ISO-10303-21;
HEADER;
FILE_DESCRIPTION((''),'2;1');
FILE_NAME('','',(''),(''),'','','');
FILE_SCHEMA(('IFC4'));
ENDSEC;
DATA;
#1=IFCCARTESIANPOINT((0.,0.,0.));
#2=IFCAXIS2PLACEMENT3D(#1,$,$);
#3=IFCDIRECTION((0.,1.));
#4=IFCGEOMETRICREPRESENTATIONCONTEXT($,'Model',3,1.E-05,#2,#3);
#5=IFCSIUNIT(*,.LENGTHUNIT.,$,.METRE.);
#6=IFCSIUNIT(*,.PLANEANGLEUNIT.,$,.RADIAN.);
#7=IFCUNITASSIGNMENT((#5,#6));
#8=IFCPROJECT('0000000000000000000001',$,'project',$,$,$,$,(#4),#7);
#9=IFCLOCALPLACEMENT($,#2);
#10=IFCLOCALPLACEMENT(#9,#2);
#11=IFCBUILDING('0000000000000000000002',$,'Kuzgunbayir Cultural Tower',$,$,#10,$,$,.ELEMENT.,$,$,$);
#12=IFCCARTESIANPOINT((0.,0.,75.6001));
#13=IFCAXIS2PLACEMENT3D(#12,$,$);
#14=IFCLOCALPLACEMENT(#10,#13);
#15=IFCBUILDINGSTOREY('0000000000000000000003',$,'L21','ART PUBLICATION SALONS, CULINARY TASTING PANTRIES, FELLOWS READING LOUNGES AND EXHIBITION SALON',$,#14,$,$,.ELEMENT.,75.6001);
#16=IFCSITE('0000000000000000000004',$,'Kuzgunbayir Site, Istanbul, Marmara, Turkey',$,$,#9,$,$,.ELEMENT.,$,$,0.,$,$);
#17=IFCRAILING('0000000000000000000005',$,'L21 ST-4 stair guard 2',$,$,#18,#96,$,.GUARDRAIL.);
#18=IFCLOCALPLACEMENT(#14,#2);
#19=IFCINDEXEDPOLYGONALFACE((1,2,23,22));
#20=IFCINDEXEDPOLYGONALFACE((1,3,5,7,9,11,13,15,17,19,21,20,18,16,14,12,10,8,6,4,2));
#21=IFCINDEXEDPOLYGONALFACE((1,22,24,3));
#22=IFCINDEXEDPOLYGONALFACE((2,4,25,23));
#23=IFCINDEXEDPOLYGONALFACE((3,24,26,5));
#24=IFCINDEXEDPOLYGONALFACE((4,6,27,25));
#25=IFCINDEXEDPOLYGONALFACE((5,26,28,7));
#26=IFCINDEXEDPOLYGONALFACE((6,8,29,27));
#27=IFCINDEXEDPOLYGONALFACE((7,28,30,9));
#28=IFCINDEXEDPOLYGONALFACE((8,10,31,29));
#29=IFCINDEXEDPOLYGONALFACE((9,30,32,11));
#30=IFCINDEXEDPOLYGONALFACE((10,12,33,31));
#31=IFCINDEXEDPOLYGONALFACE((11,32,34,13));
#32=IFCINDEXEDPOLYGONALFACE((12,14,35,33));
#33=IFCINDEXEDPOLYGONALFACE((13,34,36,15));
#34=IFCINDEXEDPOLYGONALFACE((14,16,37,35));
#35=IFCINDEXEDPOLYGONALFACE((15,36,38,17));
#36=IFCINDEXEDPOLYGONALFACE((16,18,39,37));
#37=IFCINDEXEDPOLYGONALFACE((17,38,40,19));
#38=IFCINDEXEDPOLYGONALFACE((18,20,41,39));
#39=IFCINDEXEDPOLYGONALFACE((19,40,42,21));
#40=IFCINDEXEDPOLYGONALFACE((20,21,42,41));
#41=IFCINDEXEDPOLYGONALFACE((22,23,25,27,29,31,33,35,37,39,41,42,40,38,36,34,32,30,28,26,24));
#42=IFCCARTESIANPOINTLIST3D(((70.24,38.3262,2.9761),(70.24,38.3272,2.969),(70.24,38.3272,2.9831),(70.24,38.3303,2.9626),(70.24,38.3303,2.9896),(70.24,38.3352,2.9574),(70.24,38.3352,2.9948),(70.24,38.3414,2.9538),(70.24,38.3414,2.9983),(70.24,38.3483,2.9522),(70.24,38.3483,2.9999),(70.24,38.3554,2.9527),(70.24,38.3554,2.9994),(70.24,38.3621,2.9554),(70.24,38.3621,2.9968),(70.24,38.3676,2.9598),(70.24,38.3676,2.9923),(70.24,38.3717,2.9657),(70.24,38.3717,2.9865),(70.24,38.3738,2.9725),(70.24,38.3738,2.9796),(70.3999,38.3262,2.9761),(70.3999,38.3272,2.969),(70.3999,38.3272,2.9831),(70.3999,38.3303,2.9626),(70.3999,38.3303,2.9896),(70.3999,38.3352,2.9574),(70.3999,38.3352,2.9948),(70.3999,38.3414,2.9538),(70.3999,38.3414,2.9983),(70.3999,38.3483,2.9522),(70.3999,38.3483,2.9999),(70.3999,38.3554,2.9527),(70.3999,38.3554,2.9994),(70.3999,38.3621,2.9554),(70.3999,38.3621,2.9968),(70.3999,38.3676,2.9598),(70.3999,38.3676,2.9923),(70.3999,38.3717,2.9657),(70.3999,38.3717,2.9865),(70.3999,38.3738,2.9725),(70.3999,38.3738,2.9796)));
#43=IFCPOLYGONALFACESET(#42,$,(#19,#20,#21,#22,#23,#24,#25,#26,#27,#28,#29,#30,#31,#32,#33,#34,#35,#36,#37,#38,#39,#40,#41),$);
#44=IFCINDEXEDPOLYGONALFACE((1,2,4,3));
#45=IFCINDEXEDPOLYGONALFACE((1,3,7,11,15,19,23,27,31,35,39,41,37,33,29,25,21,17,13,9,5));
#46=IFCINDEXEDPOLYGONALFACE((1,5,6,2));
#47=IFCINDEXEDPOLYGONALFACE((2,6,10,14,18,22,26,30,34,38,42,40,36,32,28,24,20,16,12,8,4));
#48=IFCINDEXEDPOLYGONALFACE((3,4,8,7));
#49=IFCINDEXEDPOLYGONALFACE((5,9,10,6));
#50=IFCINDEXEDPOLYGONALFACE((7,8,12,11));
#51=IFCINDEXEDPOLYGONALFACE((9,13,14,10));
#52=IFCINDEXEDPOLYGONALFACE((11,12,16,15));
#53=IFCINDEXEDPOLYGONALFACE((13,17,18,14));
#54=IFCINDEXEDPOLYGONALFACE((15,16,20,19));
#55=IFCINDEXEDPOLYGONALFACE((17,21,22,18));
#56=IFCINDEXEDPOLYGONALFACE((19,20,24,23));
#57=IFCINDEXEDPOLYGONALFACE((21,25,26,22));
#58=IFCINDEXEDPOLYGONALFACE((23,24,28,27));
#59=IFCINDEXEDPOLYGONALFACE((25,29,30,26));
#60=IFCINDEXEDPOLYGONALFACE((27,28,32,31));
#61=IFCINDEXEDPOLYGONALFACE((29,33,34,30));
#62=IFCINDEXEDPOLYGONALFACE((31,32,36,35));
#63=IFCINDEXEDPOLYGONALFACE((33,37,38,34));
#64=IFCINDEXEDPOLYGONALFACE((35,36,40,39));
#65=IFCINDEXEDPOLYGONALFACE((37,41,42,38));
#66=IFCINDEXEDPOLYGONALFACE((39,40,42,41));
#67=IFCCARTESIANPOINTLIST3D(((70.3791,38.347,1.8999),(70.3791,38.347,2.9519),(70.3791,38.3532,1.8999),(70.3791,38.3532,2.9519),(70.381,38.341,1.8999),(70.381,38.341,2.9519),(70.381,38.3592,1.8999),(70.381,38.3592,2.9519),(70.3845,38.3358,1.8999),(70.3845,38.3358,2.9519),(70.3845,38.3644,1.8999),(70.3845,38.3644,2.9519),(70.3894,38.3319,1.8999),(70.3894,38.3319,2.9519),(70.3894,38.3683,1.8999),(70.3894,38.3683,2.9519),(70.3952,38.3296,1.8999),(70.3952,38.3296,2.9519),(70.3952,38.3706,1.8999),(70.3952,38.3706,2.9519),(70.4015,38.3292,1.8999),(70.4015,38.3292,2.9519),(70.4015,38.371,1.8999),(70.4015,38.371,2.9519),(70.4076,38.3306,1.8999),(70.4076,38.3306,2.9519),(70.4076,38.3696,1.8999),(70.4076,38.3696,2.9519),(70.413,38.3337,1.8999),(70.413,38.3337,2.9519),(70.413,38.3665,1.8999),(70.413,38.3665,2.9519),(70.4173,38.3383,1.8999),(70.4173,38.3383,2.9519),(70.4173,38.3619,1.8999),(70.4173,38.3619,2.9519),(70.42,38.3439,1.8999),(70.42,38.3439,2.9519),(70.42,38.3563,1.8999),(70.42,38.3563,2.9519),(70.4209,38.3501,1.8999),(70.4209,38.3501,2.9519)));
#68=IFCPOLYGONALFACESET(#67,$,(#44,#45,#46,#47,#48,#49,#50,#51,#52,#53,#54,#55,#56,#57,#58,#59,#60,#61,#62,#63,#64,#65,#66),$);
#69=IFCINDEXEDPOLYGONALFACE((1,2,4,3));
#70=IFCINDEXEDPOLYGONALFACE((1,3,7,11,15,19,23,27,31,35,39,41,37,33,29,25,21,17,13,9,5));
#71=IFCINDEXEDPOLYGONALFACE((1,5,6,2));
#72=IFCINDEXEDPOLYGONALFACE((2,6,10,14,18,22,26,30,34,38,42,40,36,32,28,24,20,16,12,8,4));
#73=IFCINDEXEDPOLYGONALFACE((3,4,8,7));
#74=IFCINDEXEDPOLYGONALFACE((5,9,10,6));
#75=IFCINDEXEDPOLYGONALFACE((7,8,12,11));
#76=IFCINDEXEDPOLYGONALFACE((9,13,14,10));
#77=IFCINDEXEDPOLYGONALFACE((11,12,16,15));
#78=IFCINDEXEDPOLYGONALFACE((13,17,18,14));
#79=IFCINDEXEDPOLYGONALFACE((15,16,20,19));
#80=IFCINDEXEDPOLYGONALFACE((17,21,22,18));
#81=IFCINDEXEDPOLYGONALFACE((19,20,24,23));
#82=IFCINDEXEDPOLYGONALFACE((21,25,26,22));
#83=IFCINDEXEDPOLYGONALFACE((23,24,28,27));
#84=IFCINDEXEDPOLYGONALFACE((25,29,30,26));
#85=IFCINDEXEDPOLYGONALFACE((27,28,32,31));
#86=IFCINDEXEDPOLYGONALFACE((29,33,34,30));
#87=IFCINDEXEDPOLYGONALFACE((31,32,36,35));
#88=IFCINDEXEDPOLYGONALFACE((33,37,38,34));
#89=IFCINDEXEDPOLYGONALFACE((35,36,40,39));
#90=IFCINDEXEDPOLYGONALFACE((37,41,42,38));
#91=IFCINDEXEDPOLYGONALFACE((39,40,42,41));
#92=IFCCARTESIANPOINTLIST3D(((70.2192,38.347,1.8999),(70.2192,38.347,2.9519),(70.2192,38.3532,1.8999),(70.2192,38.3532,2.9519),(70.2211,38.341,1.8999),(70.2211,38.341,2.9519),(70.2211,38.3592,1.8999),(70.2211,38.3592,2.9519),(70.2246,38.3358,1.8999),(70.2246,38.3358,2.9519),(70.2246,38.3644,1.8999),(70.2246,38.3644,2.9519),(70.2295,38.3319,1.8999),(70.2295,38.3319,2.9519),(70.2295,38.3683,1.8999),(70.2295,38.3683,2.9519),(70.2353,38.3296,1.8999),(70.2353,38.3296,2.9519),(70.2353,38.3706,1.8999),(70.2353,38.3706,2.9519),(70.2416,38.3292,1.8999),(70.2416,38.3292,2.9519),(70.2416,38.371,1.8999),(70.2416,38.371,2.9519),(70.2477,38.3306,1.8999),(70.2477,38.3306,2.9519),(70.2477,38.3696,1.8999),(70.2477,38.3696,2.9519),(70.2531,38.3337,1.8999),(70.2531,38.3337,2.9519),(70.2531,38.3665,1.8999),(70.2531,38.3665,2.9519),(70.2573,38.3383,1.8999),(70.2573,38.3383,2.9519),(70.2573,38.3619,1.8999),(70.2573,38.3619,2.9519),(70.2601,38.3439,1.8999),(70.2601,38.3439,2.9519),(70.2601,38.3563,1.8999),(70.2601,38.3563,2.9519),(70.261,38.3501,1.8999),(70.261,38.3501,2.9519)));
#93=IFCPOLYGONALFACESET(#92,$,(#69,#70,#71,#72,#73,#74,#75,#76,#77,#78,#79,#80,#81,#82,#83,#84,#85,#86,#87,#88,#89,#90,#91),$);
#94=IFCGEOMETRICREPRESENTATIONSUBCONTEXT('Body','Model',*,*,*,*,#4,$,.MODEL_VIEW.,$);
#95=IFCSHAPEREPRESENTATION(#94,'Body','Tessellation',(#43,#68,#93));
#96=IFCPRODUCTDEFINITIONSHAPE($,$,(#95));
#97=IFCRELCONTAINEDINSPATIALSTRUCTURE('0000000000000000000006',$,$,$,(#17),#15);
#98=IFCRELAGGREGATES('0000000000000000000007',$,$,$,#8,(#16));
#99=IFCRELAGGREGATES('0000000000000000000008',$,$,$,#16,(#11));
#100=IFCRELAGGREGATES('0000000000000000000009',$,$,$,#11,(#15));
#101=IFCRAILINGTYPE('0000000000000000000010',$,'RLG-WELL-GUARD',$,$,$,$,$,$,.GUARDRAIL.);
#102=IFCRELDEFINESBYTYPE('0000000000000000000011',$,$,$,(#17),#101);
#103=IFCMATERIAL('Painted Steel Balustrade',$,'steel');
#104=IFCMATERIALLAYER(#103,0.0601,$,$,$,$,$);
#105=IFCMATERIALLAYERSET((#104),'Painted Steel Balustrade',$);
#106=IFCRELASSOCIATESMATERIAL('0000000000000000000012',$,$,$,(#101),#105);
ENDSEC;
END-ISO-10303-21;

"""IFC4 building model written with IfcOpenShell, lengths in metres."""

from ifc_helpers import new_model, si_unit, direction, frame, origin, origin_2d, place, context, subcontext, project, spatial, circle, extrude, material, layer, layer_set, type_object, element, save


model = new_model("IFC4")

# Units and contexts
model_context = context("Model", 3, precision=1e-05, world=origin(), true_north=direction((0.0, 1.0)))
body_context = subcontext(model_context, "Body", "Model", "MODEL_VIEW")
ifc_project = project(units=[si_unit("LENGTHUNIT", "METRE"), si_unit("PLANEANGLEUNIT", "RADIAN")], contexts=[model_context])

# Site, building, storey
site_placement = place(None, origin())
site = spatial("IfcSite", under=ifc_project, at=site_placement, Name="Kuzgunbayir Site, Istanbul, Marmara, Turkey", CompositionType="ELEMENT", RefElevation=0.0)
building_placement = place(site_placement, origin())
building = spatial("IfcBuilding", under=site, at=building_placement, Name="Kuzgunbayir Cultural Tower", CompositionType="ELEMENT")
storey_placement = place(building_placement, frame((0.0, 0.0, 75.6001)))
storey = spatial("IfcBuildingStorey", under=building, at=storey_placement, Name="L21", Description="ART PUBLICATION SALONS, CULINARY TASTING PANTRIES, FELLOWS READING LOUNGES AND EXHIBITION SALON", CompositionType="ELEMENT", Elevation=75.6001)

# Railing
ifc_material_1 = material(Name="Painted Steel Balustrade", Category="steel")
ifc_layer_1 = layer(ifc_material_1, 0.0601)
ifc_layer_set_1 = layer_set([ifc_layer_1], Name="Painted Steel Balustrade")
railing_type_1 = type_object("IfcRailingType", Name="RLG-WELL-GUARD", PredefinedType="GUARDRAIL", material=ifc_layer_set_1)
railing_1_placement = place(storey_placement, frame((70.3999, 38.3501, 1.8999)))
element("IfcRailing", 1, at=railing_1_placement, inside=storey, type_object=railing_type_1, Name="L21 ST-4 stair guard 2", PredefinedType="GUARDRAIL", context=body_context, shape_type="SweptSolid", body=[
    extrude(circle(Radius=0.0239, at=origin_2d()), frame((0.0, 0.0, 1.0762), z_axis=(-1.0, 0.0, 0.0), x_axis=(0.0, -1.0, 0.0)), (0.0, 0.0, 1.0), 0.1599),
    extrude(circle(Radius=0.021, at=origin_2d()), origin(), (0.0, 0.0, 1.0), 1.052),
    extrude(circle(Radius=0.021, at=origin_2d()), frame((-0.1599, 0.0, 0.0)), (0.0, 0.0, 1.0), 1.052),
])

save(model, "model.ifc")
